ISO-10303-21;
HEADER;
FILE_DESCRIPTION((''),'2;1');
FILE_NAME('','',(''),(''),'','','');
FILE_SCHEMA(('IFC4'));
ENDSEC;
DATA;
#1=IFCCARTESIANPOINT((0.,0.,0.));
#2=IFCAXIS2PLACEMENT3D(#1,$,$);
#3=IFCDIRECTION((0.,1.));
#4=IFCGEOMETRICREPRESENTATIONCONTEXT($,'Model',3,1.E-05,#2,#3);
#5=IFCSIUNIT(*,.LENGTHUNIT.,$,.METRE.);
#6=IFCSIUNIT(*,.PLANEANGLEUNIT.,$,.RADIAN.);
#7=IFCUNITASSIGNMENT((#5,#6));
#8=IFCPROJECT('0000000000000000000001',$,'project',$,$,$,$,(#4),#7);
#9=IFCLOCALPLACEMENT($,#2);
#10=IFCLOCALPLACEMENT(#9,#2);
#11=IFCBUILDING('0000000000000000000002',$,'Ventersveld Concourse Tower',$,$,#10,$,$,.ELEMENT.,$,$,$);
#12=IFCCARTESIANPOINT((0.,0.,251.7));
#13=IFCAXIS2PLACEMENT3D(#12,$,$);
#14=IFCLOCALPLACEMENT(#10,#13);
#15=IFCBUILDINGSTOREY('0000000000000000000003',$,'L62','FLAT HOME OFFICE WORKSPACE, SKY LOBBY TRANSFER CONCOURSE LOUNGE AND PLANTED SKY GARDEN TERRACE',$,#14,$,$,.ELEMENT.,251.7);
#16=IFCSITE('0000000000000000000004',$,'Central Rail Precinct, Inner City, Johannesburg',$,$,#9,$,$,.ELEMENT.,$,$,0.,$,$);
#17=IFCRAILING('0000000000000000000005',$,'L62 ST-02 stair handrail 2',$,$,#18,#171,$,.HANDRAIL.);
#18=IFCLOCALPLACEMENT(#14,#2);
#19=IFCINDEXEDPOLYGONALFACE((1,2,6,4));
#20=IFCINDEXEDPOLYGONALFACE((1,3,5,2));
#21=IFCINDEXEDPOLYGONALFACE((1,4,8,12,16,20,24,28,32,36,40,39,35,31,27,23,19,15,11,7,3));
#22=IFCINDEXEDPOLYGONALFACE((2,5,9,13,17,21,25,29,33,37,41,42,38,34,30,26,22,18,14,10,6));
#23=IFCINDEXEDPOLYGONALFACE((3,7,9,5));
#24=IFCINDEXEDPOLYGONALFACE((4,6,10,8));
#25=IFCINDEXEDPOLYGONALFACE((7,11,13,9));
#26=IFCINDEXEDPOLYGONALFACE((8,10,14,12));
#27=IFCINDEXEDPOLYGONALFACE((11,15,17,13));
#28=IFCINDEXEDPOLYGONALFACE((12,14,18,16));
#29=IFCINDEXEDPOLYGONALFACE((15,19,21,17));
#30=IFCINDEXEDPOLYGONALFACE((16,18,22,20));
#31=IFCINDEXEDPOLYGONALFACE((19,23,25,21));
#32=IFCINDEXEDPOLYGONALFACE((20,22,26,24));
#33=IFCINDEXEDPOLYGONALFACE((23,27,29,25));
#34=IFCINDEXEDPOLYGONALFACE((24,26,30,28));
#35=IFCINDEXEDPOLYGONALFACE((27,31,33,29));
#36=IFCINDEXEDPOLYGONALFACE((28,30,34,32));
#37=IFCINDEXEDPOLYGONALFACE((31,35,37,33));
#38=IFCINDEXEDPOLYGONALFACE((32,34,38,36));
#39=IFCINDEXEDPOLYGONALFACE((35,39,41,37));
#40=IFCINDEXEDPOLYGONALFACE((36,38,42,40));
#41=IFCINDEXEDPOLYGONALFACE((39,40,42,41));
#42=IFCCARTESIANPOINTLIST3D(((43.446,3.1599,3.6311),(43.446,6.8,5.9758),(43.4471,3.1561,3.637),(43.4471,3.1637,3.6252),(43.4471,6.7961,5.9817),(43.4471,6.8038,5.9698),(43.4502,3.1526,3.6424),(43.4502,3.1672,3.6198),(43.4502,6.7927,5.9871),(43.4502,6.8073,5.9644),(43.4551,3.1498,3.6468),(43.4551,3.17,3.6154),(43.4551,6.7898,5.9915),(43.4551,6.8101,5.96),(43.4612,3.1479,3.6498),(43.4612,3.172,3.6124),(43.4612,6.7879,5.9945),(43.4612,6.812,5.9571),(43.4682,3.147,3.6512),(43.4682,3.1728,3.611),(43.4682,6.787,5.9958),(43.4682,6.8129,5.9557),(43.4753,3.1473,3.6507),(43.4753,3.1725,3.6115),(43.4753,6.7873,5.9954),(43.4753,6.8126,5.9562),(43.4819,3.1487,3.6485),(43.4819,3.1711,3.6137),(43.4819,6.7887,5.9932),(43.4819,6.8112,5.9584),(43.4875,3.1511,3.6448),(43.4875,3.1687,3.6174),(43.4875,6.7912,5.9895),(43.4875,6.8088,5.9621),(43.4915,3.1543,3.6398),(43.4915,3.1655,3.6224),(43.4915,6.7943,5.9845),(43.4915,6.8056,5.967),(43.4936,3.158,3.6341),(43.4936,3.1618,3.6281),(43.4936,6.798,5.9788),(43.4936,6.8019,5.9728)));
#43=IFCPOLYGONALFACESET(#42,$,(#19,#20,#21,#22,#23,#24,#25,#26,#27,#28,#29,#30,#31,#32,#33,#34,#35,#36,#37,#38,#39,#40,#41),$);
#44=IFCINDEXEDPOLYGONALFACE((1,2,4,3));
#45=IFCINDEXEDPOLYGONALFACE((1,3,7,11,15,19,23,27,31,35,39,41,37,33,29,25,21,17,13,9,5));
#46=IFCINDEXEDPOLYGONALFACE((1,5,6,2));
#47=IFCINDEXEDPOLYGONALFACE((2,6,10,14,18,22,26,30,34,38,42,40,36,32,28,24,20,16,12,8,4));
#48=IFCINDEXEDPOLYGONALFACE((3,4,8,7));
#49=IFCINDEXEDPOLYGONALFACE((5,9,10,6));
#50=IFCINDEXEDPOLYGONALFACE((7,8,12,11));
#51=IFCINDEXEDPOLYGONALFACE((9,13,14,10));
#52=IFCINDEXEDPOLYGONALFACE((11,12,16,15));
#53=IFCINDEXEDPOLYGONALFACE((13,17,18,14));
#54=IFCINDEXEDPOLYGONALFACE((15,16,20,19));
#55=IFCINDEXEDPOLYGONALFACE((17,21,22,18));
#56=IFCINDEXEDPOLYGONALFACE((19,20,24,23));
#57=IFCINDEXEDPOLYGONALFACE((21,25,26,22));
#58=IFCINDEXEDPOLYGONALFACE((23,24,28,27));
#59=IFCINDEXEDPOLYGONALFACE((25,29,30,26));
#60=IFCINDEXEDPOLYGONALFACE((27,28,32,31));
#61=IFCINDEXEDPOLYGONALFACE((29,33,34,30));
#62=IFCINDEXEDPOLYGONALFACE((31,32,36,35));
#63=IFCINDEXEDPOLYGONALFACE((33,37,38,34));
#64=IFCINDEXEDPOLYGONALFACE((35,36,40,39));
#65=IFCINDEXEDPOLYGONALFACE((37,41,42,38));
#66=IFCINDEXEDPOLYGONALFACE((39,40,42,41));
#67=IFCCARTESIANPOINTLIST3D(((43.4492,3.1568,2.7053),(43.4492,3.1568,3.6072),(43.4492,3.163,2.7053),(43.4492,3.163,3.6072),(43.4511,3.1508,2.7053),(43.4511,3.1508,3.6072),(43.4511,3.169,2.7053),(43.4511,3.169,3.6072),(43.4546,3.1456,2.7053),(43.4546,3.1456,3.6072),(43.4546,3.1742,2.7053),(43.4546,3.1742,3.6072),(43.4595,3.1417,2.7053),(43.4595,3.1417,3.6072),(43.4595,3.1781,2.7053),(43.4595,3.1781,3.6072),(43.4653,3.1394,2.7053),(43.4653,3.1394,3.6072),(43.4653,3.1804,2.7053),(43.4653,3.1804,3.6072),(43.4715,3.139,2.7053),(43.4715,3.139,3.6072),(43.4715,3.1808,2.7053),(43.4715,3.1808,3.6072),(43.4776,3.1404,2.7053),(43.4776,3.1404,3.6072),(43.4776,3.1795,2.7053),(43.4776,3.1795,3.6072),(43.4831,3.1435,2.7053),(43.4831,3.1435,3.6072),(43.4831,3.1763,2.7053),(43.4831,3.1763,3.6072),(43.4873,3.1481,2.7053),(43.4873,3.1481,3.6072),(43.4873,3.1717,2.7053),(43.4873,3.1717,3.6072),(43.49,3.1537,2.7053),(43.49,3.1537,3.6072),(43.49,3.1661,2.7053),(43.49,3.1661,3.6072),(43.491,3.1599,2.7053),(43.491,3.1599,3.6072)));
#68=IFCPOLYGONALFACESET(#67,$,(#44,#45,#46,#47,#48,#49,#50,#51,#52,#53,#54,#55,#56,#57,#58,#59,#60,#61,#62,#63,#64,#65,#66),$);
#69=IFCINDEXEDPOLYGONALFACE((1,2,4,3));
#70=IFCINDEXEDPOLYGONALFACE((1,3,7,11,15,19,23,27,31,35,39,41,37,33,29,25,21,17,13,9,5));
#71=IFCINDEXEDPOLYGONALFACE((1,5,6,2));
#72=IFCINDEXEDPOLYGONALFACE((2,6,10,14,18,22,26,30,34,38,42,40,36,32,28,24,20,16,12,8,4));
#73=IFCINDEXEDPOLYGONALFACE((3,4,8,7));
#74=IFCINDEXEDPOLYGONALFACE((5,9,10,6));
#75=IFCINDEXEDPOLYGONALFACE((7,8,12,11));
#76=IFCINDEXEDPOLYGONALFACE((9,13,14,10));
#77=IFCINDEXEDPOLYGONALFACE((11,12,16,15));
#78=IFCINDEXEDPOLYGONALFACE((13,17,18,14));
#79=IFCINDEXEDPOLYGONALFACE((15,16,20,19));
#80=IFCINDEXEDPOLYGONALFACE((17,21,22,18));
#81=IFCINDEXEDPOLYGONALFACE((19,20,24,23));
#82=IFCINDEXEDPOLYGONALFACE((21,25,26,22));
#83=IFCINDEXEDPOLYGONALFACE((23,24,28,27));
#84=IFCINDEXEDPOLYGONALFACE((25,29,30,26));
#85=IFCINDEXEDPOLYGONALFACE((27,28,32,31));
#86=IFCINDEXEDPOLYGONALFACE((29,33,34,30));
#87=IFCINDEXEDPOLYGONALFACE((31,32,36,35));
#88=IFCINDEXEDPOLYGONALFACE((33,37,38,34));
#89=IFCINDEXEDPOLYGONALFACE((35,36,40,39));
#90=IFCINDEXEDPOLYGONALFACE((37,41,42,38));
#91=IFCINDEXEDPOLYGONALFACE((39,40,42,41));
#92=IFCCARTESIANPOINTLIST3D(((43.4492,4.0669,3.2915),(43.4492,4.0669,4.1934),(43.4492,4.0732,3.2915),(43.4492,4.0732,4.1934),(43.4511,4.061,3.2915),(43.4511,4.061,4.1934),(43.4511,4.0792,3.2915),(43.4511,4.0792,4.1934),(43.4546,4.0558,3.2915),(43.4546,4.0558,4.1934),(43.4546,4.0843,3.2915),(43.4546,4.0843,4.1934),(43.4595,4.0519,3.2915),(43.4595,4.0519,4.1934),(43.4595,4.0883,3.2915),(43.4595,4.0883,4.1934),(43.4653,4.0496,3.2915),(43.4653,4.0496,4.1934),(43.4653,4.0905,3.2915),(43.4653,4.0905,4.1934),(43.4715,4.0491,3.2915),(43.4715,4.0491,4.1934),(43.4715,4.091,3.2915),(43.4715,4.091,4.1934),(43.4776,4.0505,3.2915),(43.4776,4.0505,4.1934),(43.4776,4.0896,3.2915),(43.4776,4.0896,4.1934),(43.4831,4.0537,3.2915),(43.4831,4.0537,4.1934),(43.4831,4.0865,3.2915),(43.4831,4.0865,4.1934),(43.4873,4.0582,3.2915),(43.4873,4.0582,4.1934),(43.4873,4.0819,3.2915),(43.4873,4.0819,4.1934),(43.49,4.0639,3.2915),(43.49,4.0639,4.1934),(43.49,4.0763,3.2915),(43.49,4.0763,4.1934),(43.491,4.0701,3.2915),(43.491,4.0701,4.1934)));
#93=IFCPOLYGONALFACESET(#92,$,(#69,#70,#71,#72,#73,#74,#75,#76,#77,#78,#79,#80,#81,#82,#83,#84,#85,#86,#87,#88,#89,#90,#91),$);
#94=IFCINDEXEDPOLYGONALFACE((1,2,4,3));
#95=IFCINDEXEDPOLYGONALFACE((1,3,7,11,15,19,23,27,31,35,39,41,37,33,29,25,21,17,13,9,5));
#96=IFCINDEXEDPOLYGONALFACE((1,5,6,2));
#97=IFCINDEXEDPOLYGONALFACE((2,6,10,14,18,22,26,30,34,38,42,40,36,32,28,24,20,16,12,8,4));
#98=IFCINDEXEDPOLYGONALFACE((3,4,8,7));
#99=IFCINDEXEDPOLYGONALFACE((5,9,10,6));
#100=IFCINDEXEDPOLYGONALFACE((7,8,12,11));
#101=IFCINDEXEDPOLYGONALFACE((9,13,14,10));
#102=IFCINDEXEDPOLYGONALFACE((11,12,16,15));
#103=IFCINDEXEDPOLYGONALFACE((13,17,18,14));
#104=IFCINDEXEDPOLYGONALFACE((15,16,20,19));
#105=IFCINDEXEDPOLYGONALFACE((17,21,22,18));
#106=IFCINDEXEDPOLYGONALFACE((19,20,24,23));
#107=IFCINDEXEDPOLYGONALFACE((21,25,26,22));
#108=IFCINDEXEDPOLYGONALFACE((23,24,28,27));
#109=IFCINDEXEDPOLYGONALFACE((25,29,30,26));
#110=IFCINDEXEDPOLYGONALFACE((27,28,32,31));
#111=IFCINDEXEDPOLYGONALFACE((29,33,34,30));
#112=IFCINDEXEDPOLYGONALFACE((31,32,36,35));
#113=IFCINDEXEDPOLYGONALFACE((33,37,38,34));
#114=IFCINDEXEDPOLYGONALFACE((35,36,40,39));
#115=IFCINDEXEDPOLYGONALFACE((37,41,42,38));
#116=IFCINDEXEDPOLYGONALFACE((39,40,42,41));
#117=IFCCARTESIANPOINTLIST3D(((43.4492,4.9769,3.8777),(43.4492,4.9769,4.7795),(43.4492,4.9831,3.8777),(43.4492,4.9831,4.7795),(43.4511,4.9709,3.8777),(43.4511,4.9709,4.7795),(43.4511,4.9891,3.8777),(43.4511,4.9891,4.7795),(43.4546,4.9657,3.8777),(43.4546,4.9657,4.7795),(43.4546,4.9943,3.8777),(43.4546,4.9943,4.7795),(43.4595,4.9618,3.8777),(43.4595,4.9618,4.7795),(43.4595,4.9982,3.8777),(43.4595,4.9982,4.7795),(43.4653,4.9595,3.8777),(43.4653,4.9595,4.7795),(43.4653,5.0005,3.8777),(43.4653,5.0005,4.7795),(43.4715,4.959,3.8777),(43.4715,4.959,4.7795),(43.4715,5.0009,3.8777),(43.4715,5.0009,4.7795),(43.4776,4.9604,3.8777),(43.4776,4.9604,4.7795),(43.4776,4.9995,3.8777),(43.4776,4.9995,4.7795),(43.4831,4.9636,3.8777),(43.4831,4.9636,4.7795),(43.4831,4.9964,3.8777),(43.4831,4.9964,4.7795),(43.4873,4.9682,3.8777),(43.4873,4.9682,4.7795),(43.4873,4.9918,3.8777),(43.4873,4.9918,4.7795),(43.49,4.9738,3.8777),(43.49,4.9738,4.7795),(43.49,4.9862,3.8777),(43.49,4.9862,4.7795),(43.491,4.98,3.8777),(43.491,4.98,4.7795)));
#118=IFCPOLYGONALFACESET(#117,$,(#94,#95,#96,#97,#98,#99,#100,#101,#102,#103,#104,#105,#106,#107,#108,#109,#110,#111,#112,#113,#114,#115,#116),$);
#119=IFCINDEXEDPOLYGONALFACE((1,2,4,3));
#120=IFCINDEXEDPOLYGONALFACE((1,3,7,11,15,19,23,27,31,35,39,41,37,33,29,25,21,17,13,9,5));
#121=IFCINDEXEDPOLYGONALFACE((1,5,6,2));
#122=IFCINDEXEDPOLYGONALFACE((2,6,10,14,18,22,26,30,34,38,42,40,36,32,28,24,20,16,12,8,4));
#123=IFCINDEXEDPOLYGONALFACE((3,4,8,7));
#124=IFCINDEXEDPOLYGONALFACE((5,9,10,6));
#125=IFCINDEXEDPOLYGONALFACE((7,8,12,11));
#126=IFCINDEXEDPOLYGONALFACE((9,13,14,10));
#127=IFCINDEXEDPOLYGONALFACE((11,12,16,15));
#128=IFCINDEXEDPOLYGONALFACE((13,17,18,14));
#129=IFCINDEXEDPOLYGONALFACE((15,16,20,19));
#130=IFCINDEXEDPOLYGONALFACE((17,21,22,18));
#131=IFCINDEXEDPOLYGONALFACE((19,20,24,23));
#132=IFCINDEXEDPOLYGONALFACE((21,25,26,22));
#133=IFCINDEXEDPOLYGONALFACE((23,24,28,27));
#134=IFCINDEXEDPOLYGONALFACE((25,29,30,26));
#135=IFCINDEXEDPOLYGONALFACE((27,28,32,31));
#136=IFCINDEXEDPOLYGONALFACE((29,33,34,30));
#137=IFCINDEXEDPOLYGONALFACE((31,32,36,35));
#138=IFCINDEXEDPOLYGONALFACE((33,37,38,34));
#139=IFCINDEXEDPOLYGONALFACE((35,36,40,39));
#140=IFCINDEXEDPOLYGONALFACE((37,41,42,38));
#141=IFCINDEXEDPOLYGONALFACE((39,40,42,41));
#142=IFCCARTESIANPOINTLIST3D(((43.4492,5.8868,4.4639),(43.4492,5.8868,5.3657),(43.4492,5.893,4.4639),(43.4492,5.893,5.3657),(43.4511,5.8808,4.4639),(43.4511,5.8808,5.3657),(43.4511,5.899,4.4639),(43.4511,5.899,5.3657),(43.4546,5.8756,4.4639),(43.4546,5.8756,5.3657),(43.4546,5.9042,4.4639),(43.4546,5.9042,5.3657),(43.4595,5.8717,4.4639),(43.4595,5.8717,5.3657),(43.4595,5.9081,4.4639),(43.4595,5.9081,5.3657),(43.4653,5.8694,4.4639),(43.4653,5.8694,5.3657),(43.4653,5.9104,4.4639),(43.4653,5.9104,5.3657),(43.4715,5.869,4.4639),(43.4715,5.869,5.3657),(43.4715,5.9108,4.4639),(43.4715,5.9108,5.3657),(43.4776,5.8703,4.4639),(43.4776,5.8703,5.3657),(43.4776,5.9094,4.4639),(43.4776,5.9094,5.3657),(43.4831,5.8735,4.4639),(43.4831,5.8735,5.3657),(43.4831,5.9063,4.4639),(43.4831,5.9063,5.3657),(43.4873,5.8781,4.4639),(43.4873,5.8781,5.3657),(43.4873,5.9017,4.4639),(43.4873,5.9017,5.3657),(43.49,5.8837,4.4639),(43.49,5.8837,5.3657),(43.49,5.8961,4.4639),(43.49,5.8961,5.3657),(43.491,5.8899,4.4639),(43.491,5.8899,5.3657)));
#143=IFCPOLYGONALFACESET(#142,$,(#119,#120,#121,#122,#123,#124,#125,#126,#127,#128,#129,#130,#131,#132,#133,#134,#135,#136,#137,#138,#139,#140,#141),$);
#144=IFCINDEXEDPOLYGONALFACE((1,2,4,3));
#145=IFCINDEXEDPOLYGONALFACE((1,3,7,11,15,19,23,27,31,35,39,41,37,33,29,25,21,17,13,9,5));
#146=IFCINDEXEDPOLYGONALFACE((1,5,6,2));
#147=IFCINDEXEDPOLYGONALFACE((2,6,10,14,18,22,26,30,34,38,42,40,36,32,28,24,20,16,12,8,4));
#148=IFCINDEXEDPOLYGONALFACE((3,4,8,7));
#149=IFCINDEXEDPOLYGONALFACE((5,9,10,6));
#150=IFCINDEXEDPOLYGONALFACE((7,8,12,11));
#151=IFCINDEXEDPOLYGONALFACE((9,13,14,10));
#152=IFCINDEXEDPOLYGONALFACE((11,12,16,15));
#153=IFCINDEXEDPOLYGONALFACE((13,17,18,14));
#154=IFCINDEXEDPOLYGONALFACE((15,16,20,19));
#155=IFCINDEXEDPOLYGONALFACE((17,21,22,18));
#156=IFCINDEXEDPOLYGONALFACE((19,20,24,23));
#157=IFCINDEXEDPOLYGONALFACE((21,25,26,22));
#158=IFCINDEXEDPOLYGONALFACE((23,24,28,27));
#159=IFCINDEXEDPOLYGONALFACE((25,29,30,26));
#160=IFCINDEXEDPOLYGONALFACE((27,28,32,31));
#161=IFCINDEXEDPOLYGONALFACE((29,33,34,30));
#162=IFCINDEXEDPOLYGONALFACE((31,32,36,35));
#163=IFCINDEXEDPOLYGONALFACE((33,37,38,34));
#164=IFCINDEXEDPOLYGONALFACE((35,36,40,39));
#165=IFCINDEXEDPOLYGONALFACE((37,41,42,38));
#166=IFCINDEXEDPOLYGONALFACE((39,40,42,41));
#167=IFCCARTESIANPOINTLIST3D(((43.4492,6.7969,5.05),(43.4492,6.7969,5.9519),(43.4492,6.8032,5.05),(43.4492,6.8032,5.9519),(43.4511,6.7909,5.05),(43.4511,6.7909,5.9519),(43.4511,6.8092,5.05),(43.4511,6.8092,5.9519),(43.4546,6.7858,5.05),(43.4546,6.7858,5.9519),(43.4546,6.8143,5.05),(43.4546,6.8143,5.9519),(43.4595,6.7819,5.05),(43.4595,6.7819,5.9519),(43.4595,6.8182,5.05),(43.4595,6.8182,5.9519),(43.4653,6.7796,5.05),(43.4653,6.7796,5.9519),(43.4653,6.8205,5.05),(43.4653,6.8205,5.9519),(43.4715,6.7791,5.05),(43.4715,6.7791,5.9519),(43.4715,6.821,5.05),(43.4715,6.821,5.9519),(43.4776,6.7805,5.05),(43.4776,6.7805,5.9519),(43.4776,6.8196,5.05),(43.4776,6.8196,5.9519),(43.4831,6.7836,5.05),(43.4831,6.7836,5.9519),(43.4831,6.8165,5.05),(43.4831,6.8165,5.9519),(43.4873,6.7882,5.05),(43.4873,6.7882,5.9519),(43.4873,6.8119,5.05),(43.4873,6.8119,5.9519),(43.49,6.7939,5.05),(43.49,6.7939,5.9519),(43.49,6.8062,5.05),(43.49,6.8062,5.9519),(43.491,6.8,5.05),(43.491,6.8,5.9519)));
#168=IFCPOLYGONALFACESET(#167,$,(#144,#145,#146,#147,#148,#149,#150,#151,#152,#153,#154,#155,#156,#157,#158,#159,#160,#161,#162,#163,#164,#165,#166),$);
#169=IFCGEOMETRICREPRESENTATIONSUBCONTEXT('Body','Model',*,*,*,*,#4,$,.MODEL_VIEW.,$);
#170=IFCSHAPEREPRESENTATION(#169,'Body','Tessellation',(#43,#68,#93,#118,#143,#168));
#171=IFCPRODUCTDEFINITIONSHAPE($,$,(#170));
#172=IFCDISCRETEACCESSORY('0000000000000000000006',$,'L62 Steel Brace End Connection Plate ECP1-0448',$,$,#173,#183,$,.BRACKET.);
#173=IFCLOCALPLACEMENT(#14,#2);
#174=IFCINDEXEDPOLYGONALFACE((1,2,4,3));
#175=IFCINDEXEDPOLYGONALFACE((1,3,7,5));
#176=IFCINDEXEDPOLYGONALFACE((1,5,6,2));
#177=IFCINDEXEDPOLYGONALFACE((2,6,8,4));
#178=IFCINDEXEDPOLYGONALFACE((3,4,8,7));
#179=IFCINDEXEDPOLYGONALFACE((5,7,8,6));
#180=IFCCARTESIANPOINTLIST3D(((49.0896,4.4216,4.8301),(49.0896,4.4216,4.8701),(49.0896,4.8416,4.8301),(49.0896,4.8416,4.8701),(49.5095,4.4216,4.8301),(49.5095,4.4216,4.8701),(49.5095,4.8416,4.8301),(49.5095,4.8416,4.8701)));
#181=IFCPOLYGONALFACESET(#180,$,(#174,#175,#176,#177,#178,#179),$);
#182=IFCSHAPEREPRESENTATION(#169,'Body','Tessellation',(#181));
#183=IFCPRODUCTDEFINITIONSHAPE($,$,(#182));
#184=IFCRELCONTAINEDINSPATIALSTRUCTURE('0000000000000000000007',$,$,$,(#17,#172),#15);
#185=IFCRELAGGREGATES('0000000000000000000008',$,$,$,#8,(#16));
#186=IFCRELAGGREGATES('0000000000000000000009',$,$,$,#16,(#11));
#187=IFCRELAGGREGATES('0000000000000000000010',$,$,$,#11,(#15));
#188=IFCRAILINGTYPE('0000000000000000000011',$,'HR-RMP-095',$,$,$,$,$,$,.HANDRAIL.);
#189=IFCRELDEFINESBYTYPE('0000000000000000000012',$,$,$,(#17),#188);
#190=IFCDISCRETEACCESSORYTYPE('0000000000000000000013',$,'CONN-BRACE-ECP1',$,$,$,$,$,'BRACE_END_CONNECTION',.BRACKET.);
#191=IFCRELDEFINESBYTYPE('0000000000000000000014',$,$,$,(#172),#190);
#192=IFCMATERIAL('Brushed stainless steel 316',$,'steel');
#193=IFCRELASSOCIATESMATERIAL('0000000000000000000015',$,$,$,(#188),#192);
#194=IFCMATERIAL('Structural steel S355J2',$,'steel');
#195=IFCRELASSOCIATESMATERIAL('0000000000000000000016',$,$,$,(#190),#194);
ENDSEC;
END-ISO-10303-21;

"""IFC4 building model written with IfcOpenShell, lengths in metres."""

from ifc_helpers import new_model, si_unit, direction, frame, origin, origin_2d, place, context, subcontext, project, spatial, rectangle, circle, extrude, material, type_object, element, save


model = new_model("IFC4")

# Units and contexts
model_context = context("Model", 3, precision=1e-05, world=origin(), true_north=direction((0.0, 1.0)))
body_context = subcontext(model_context, "Body", "Model", "MODEL_VIEW")
ifc_project = project(units=[si_unit("LENGTHUNIT", "METRE"), si_unit("PLANEANGLEUNIT", "RADIAN")], contexts=[model_context])

# Site, building, storey
site_placement = place(None, origin())
site = spatial("IfcSite", under=ifc_project, at=site_placement, Name="Central Rail Precinct, Inner City, Johannesburg", CompositionType="ELEMENT", RefElevation=0.0)
building_placement = place(site_placement, origin())
building = spatial("IfcBuilding", under=site, at=building_placement, Name="Ventersveld Concourse Tower", CompositionType="ELEMENT")
storey_placement = place(building_placement, frame((0.0, 0.0, 251.7)))
storey = spatial("IfcBuildingStorey", under=building, at=storey_placement, Name="L62", Description="FLAT HOME OFFICE WORKSPACE, SKY LOBBY TRANSFER CONCOURSE LOUNGE AND PLANTED SKY GARDEN TERRACE", CompositionType="ELEMENT", Elevation=251.7)

# Shared definitions
ifc_material_1 = material(Name="Structural steel S355J2", Category="steel")

# Railing
ifc_material_2 = material(Name="Brushed stainless steel 316", Category="steel")
railing_type_1 = type_object("IfcRailingType", Name="HR-RMP-095", PredefinedType="HANDRAIL", material=ifc_material_2)
railing_1_placement = place(storey_placement, frame((43.47, 3.1599, 2.7053)))
element("IfcRailing", 1, at=railing_1_placement, inside=storey, type_object=railing_type_1, Name="L62 ST-02 stair handrail 2", PredefinedType="HANDRAIL", context=body_context, shape_type="SweptSolid", body=[
    extrude(circle(Radius=0.0239, at=origin_2d()), frame((0.0, 0.0, 0.9258), z_axis=(0.0, 0.840691, 0.541515), x_axis=(-1.0, 0.0, 0.0)), (0.0, 0.0, 1.0), 4.3298),
    extrude(circle(Radius=0.021, at=origin_2d()), origin(), (0.0, 0.0, 1.0), 0.9019),
    extrude(circle(Radius=0.021, at=origin_2d()), frame((0.0, 0.9102, 0.5862)), (0.0, 0.0, 1.0), 0.9019),
    extrude(circle(Radius=0.021, at=origin_2d()), frame((0.0, 1.8201, 1.1724)), (0.0, 0.0, 1.0), 0.9019),
    extrude(circle(Radius=0.021, at=origin_2d()), frame((0.0, 2.73, 1.7585)), (0.0, 0.0, 1.0), 0.9019),
    extrude(circle(Radius=0.021, at=origin_2d()), frame((0.0, 3.6401, 2.3447)), (0.0, 0.0, 1.0), 0.9019),
])

# Discrete accessory
discrete_accessory_type = type_object("IfcDiscreteAccessoryType", Name="CONN-BRACE-ECP1", ElementType="BRACE_END_CONNECTION", PredefinedType="BRACKET", material=ifc_material_1)
discrete_accessory_placement = place(storey_placement, frame((49.2996, 4.6316, 4.8301), z_axis=(0.0, 0.0, 1.0), x_axis=(1.0, 0.0, 0.0)))
element("IfcDiscreteAccessory", 2, at=discrete_accessory_placement, inside=storey, type_object=discrete_accessory_type, Name="L62 Steel Brace End Connection Plate ECP1-0448", PredefinedType="BRACKET", context=body_context, shape_type="SweptSolid", body=[
    extrude(rectangle(XDim=0.4199, YDim=0.4199, at=origin_2d()), origin(), (0.0, 0.0, 1.0), 0.04),
])

save(model, "model.ifc")
